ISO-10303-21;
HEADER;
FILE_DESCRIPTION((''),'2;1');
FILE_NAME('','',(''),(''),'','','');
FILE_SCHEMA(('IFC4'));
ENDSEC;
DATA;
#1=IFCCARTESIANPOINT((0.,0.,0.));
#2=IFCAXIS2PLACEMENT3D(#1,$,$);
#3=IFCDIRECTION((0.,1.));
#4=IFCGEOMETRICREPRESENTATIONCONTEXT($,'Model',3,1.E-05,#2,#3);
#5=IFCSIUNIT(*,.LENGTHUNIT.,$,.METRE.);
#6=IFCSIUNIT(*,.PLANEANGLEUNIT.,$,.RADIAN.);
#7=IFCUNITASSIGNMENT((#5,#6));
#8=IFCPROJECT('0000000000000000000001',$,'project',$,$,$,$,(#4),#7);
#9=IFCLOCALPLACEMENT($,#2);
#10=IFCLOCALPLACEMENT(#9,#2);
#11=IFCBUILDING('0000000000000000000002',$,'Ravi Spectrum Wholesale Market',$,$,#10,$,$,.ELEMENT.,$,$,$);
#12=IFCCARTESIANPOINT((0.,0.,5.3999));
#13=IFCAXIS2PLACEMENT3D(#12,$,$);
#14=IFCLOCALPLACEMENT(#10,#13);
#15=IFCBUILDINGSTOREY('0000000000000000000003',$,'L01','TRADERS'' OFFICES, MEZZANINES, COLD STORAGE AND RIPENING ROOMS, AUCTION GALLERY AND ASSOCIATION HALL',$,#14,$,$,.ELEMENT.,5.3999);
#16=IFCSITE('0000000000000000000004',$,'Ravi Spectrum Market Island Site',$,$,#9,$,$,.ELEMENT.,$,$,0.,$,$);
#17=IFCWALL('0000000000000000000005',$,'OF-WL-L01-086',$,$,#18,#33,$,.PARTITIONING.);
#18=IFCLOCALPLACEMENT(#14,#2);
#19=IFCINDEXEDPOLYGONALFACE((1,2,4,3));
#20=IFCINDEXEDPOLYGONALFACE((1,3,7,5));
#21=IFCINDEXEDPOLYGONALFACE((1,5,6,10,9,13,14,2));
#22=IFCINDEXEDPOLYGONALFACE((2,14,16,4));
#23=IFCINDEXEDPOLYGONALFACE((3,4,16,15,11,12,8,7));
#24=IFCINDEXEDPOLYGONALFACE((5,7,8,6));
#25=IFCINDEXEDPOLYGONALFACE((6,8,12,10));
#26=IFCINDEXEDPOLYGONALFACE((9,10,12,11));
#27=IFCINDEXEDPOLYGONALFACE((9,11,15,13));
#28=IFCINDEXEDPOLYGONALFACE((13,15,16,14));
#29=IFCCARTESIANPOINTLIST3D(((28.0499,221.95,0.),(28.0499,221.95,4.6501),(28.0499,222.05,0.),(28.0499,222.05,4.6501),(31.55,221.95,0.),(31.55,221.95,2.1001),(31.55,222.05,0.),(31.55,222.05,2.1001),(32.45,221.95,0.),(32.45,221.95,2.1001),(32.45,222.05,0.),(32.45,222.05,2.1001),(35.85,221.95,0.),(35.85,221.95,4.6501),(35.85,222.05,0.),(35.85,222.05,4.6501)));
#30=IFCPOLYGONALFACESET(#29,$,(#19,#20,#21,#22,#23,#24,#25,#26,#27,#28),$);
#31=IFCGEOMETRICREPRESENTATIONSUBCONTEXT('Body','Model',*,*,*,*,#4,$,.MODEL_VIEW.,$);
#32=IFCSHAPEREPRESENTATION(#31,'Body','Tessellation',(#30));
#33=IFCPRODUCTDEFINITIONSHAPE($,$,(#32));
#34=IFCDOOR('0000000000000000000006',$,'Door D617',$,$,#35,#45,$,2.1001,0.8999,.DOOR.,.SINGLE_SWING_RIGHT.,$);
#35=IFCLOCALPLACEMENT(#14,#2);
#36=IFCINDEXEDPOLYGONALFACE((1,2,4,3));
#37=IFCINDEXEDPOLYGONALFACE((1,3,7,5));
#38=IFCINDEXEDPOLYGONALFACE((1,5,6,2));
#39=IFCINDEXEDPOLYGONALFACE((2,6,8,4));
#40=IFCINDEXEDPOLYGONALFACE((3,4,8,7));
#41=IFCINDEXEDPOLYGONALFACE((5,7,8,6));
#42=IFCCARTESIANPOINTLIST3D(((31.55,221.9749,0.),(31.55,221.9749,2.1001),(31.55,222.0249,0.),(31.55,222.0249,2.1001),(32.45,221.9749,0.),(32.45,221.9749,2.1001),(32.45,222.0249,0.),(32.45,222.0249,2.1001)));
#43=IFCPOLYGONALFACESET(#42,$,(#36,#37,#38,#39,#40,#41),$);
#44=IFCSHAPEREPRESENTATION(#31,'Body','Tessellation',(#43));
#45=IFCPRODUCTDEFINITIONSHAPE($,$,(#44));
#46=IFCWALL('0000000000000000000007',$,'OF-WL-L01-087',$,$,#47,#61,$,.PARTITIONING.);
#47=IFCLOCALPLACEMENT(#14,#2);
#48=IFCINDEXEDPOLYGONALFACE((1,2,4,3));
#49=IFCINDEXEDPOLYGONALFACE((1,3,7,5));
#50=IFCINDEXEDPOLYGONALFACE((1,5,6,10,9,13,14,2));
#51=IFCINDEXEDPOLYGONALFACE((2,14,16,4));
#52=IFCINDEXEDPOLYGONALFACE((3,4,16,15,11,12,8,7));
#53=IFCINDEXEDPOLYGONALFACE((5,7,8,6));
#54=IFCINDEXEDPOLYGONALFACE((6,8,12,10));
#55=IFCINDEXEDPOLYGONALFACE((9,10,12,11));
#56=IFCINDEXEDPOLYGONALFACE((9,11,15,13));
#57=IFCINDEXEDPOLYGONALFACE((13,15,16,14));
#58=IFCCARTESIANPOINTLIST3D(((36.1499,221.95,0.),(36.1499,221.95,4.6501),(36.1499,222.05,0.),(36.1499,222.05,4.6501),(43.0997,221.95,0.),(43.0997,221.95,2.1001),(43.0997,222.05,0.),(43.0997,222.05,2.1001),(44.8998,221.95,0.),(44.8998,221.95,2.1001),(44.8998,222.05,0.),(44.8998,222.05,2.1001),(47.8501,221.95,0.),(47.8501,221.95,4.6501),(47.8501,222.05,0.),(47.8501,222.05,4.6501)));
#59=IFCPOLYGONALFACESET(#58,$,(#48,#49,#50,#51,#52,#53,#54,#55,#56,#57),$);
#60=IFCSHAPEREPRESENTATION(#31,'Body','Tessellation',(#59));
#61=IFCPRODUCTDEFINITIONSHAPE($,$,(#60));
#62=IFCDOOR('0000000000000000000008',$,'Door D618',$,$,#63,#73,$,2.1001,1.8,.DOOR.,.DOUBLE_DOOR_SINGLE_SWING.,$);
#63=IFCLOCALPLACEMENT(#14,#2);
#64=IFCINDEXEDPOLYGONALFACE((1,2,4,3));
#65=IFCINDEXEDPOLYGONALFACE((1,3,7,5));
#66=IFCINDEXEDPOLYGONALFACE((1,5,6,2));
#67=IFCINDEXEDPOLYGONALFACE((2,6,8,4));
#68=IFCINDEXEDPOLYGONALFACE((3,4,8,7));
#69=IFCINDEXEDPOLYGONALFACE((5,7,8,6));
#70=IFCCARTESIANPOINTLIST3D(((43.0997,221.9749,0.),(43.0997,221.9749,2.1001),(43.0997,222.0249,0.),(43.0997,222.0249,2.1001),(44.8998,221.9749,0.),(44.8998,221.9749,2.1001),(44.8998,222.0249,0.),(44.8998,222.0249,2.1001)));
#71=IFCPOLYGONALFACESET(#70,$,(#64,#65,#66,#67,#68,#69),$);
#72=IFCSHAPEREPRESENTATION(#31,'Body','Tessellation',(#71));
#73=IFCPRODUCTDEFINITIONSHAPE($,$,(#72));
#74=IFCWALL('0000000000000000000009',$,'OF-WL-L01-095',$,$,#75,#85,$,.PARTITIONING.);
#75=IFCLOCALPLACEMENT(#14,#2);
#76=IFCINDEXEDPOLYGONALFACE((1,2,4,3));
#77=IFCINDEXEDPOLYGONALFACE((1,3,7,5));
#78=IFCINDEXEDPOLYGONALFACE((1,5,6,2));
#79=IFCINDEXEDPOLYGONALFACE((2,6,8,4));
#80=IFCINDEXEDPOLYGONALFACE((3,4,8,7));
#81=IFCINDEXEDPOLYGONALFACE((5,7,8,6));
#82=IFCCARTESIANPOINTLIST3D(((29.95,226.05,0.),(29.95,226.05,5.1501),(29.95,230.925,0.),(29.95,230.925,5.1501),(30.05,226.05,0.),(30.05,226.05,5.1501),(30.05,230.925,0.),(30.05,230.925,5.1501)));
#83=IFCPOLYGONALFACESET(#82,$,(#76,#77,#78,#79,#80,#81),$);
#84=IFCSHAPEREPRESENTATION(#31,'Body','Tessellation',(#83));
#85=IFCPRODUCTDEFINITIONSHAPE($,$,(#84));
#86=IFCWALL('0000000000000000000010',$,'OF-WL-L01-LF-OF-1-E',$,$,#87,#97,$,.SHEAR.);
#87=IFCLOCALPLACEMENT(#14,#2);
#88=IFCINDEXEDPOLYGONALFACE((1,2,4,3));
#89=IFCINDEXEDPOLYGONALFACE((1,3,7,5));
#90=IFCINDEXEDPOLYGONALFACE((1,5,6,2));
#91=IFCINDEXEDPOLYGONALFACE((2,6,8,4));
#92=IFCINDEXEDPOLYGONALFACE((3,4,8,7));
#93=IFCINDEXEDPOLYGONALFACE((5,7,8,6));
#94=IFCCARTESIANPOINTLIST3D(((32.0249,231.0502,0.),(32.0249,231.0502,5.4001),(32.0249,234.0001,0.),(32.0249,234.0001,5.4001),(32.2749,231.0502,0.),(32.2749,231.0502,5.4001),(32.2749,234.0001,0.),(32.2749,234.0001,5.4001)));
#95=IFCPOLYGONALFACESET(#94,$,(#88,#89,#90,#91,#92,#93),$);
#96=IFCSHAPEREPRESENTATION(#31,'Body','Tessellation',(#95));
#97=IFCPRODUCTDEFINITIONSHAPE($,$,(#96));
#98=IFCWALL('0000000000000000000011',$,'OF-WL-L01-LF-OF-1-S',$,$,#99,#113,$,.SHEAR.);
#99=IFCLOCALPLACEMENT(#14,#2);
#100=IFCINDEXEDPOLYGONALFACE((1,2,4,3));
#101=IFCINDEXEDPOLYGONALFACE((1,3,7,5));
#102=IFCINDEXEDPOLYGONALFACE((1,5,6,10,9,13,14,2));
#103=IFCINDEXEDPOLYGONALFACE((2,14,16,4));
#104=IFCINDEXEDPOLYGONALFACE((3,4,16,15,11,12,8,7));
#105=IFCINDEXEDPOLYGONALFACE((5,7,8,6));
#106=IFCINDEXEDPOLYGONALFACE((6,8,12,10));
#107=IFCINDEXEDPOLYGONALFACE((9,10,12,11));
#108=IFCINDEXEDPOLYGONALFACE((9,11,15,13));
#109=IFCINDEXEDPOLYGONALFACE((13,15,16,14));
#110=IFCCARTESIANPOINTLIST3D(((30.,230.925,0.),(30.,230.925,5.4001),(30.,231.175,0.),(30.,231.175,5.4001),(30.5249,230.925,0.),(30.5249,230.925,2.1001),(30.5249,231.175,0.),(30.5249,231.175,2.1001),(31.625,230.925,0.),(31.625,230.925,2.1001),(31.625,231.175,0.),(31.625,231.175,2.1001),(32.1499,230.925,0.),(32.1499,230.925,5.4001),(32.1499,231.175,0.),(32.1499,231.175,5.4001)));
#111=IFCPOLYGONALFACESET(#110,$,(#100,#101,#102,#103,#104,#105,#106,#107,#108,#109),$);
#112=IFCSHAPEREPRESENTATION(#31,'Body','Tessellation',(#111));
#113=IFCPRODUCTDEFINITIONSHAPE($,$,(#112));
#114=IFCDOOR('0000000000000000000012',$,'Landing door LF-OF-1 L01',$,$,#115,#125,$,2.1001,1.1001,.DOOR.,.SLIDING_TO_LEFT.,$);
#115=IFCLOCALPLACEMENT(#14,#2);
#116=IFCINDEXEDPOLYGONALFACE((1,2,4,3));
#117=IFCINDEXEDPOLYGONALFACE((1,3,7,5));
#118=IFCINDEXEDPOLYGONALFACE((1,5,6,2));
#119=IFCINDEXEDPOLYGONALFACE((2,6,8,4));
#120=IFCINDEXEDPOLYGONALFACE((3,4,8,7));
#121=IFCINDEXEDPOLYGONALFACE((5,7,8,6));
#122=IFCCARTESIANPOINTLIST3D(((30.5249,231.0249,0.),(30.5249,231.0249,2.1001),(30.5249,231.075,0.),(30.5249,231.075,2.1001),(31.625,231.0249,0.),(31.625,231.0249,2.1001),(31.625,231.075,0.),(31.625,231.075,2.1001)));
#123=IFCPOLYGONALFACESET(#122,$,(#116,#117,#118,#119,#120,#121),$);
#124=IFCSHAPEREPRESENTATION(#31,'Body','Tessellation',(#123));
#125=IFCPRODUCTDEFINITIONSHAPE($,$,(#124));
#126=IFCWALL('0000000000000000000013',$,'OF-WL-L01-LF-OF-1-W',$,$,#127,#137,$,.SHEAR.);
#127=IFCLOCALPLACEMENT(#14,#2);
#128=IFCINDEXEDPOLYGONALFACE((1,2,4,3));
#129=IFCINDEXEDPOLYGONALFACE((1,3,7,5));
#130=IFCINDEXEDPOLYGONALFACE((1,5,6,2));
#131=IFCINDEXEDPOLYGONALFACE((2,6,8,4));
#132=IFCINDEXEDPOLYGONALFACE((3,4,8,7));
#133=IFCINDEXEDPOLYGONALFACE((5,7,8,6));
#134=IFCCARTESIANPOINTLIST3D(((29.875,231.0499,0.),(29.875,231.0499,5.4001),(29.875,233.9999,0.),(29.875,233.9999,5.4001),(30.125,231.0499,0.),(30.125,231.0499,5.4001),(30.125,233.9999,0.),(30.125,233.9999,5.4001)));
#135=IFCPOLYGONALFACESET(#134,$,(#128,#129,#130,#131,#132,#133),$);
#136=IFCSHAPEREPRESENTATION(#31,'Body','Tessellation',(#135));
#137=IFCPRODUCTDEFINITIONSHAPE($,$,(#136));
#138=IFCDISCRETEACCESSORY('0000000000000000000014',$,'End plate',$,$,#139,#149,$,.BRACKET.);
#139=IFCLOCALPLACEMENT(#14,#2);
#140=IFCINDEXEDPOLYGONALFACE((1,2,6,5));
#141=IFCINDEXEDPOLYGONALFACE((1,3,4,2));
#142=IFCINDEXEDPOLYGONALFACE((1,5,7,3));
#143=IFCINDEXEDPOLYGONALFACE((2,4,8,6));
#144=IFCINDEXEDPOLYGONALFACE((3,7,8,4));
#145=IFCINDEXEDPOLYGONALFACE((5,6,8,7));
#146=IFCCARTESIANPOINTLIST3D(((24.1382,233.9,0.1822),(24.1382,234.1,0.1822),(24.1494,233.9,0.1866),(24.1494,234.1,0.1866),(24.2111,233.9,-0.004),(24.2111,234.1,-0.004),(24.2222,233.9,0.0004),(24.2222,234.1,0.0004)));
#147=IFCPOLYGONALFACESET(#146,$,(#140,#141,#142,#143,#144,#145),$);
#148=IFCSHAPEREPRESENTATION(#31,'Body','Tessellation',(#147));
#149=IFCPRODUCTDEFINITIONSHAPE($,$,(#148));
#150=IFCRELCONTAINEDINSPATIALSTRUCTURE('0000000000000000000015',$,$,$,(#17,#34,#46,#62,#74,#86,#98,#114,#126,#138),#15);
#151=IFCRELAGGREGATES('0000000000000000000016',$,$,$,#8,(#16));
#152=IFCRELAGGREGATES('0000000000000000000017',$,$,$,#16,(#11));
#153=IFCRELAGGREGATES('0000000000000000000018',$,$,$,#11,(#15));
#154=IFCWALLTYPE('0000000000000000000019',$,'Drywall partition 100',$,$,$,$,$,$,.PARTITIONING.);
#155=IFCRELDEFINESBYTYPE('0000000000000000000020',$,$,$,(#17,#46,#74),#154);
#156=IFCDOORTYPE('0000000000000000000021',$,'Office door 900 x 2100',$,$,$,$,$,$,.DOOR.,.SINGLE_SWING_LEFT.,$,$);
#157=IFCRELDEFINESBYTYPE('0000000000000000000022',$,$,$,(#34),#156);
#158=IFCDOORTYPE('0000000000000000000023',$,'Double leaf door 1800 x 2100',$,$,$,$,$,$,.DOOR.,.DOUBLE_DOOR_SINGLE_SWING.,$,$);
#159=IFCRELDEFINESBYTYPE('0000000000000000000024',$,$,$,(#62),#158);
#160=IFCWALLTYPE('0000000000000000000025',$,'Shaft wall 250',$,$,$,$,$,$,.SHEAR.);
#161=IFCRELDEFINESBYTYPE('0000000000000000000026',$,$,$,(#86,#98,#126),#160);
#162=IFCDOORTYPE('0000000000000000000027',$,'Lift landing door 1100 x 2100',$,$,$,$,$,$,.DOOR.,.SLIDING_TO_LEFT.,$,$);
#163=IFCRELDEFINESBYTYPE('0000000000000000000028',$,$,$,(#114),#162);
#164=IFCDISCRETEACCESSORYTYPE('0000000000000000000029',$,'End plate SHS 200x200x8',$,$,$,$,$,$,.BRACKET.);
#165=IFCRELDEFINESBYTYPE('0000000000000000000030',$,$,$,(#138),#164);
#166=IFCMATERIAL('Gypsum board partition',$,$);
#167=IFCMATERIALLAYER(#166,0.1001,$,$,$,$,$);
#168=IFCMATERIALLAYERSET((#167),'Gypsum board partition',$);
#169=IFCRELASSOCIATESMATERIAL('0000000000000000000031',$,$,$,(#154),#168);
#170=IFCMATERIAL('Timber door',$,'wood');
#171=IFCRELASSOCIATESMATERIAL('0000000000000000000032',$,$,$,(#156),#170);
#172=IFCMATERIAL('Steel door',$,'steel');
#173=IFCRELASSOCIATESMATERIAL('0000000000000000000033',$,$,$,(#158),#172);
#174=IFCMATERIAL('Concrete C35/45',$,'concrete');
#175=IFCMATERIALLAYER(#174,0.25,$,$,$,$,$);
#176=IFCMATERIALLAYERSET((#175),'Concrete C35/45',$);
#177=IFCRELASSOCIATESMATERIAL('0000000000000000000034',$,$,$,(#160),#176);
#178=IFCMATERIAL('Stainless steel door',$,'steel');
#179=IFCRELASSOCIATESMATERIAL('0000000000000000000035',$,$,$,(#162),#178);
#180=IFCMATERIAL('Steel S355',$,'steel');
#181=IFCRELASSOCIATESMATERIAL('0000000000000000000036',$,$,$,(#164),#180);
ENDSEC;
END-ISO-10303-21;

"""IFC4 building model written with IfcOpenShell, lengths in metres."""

from ifc_helpers import new_model, si_unit, direction, frame, frame_2d, origin, origin_2d, place, context, subcontext, project, spatial, rectangle, extrude, material, layer, layer_set, material_profile, profile_set, type_object, element, fill, save


model = new_model("IFC4")

# Units and contexts
model_context = context("Model", 3, precision=1e-05, world=origin(), true_north=direction((0.0, 1.0)))
body_context = subcontext(model_context, "Body", "Model", "MODEL_VIEW")
ifc_project = project(units=[si_unit("LENGTHUNIT", "METRE"), si_unit("PLANEANGLEUNIT", "RADIAN")], contexts=[model_context])

# Site, building, storey
site_placement = place(None, origin())
site = spatial("IfcSite", under=ifc_project, at=site_placement, Name="Ravi Spectrum Market Island Site", CompositionType="ELEMENT", RefElevation=0.0)
building_placement = place(site_placement, origin())
building = spatial("IfcBuilding", under=site, at=building_placement, Name="Ravi Spectrum Wholesale Market", CompositionType="ELEMENT")
storey_placement = place(building_placement, frame((0.0, 0.0, 5.3999)))
storey = spatial("IfcBuildingStorey", under=building, at=storey_placement, Name="L01", Description="TRADERS' OFFICES, MEZZANINES, COLD STORAGE AND RIPENING ROOMS, AUCTION GALLERY AND ASSOCIATION HALL", CompositionType="ELEMENT", Elevation=5.3999)

# Shared definitions
ifc_material_1 = material(Name="Gypsum board partition")
ifc_layer_1 = layer(ifc_material_1, 0.1001)
ifc_layer_set_1 = layer_set([ifc_layer_1], Name="Gypsum board partition")
wall_type_1 = type_object("IfcWallType", Name="Drywall partition 100", PredefinedType="PARTITIONING", material=ifc_layer_set_1)

# Walls, openings, doors
wall_1_placement = place(storey_placement, frame((28.05, 222.0, 0.0), z_axis=(0.0, 0.0, 1.0), x_axis=(1.0, 0.0, 0.0)))
wall_1 = element("IfcWall", 1, at=wall_1_placement, inside=storey, type_object=wall_type_1, Name="OF-WL-L01-086", PredefinedType="PARTITIONING", context=body_context, shape_type="SweptSolid", body=[
    extrude(rectangle(XDim=7.8, YDim=0.1001, at=frame_2d((3.8999, 0.0))), origin(), (0.0, 0.0, 1.0), 4.6501),
])
opening_1_placement = place(wall_1_placement, frame((3.5, 0.0, 0.0)))
opening_1 = element("IfcOpeningElement", 2, at=opening_1_placement, cuts=wall_1, PredefinedType="OPENING", context=body_context, shape_type="SweptSolid", body=[
    extrude(rectangle(XDim=0.8999, YDim=2.1001, at=frame_2d((0.45, 1.05))), frame((0.0, 0.0601, 0.0), z_axis=(0.0, -1.0, 0.0), x_axis=(1.0, 0.0, 0.0)), (0.0, 0.0, 1.0), 0.1201),
])
ifc_material_2 = material(Name="Timber door", Category="wood")
door_type_1 = type_object("IfcDoorType", Name="Office door 900 x 2100", OperationType="SINGLE_SWING_LEFT", PredefinedType="DOOR", material=ifc_material_2)
door_1_placement = place(opening_1_placement, origin())
door_1 = element("IfcDoor", 3, at=door_1_placement, inside=storey, type_object=door_type_1, Name="Door D617", OperationType="SINGLE_SWING_RIGHT", OverallHeight=2.1001, OverallWidth=0.8999, PredefinedType="DOOR", context=body_context, shape_type="SweptSolid", body=[
    extrude(rectangle(XDim=0.8999, YDim=2.1001, at=frame_2d((0.45, 1.05))), frame((0.0, 0.0249, 0.0), z_axis=(0.0, -1.0, 0.0), x_axis=(1.0, 0.0, 0.0)), (0.0, 0.0, 1.0), 0.05),
])
fill(opening_1, door_1)
wall_2_placement = place(storey_placement, frame((36.1499, 222.0, 0.0), z_axis=(0.0, 0.0, 1.0), x_axis=(1.0, 0.0, 0.0)))
wall_2 = element("IfcWall", 4, at=wall_2_placement, inside=storey, type_object=wall_type_1, Name="OF-WL-L01-087", PredefinedType="PARTITIONING", context=body_context, shape_type="SweptSolid", body=[
    extrude(rectangle(XDim=11.7002, YDim=0.1001, at=frame_2d((5.8501, 0.0))), origin(), (0.0, 0.0, 1.0), 4.6501),
])
opening_2_placement = place(wall_2_placement, frame((6.95, 0.0, 0.0)))
opening_2 = element("IfcOpeningElement", 5, at=opening_2_placement, cuts=wall_2, PredefinedType="OPENING", context=body_context, shape_type="SweptSolid", body=[
    extrude(rectangle(XDim=1.8, YDim=2.1001, at=frame_2d((0.8999, 1.05))), frame((0.0, 0.0601, 0.0), z_axis=(0.0, -1.0, 0.0), x_axis=(1.0, 0.0, 0.0)), (0.0, 0.0, 1.0), 0.1201),
])
ifc_material_3 = material(Name="Steel door", Category="steel")
door_type_2 = type_object("IfcDoorType", Name="Double leaf door 1800 x 2100", OperationType="DOUBLE_DOOR_SINGLE_SWING", PredefinedType="DOOR", material=ifc_material_3)
door_2_placement = place(opening_2_placement, origin())
door_2 = element("IfcDoor", 6, at=door_2_placement, inside=storey, type_object=door_type_2, Name="Door D618", OperationType="DOUBLE_DOOR_SINGLE_SWING", OverallHeight=2.1001, OverallWidth=1.8, PredefinedType="DOOR", context=body_context, shape_type="SweptSolid", body=[
    extrude(rectangle(XDim=1.8, YDim=2.1001, at=frame_2d((0.8999, 1.05))), frame((0.0, 0.0249, 0.0), z_axis=(0.0, -1.0, 0.0), x_axis=(1.0, 0.0, 0.0)), (0.0, 0.0, 1.0), 0.05),
])
fill(opening_2, door_2)

# Walls
wall_3_placement = place(storey_placement, frame((30.0, 226.05, 0.0), z_axis=(0.0, 0.0, 1.0), x_axis=(0.0, 1.0, 0.0)))
element("IfcWall", 7, at=wall_3_placement, inside=storey, type_object=wall_type_1, Name="OF-WL-L01-095", PredefinedType="PARTITIONING", context=body_context, shape_type="SweptSolid", body=[
    extrude(rectangle(XDim=4.875, YDim=0.1001, at=frame_2d((2.4375, 0.0))), origin(), (0.0, 0.0, 1.0), 5.1501),
])
ifc_material_4 = material(Name="Concrete C35/45", Category="concrete")
ifc_layer_2 = layer(ifc_material_4, 0.25)
ifc_layer_set_2 = layer_set([ifc_layer_2], Name="Concrete C35/45")
wall_type_2 = type_object("IfcWallType", Name="Shaft wall 250", PredefinedType="SHEAR", material=ifc_layer_set_2)
wall_4_placement = place(storey_placement, frame((32.1499, 231.05, 0.0), z_axis=(0.0, 0.0, 1.0), x_axis=(0.0, 1.0, 0.0)))
element("IfcWall", 8, at=wall_4_placement, inside=storey, type_object=wall_type_2, Name="OF-WL-L01-LF-OF-1-E", PredefinedType="SHEAR", context=body_context, shape_type="SweptSolid", body=[
    extrude(rectangle(XDim=2.95, YDim=0.25, at=frame_2d((1.4751, 0.0))), origin(), (0.0, 0.0, 1.0), 5.4001),
])

# Wall, opening, door
wall_5_placement = place(storey_placement, frame((30.0, 231.05, 0.0), z_axis=(0.0, 0.0, 1.0), x_axis=(1.0, 0.0, 0.0)))
wall_5 = element("IfcWall", 9, at=wall_5_placement, inside=storey, type_object=wall_type_2, Name="OF-WL-L01-LF-OF-1-S", PredefinedType="SHEAR", context=body_context, shape_type="SweptSolid", body=[
    extrude(rectangle(XDim=2.1499, YDim=0.25, at=frame_2d((1.075, 0.0))), origin(), (0.0, 0.0, 1.0), 5.4001),
])
opening_3_placement = place(wall_5_placement, frame((0.5249, 0.0, 0.0)))
opening_3 = element("IfcOpeningElement", 10, at=opening_3_placement, cuts=wall_5, PredefinedType="OPENING", context=body_context, shape_type="SweptSolid", body=[
    extrude(rectangle(XDim=1.1001, YDim=2.1001, at=frame_2d((0.55, 1.05))), frame((0.0, 0.135, 0.0), z_axis=(0.0, -1.0, 0.0), x_axis=(1.0, 0.0, 0.0)), (0.0, 0.0, 1.0), 0.27),
])
ifc_material_5 = material(Name="Stainless steel door", Category="steel")
door_type_3 = type_object("IfcDoorType", Name="Lift landing door 1100 x 2100", OperationType="SLIDING_TO_LEFT", PredefinedType="DOOR", material=ifc_material_5)
door_3_placement = place(opening_3_placement, origin())
door_3 = element("IfcDoor", 11, at=door_3_placement, inside=storey, type_object=door_type_3, Name="Landing door LF-OF-1 L01", OperationType="SLIDING_TO_LEFT", OverallHeight=2.1001, OverallWidth=1.1001, PredefinedType="DOOR", context=body_context, shape_type="SweptSolid", body=[
    extrude(rectangle(XDim=1.1001, YDim=2.1001, at=frame_2d((0.55, 1.05))), frame((0.0, 0.0249, 0.0), z_axis=(0.0, -1.0, 0.0), x_axis=(1.0, 0.0, 0.0)), (0.0, 0.0, 1.0), 0.05),
])
fill(opening_3, door_3)

# Wall
wall_6_placement = place(storey_placement, frame((30.0, 234.0, 0.0), z_axis=(0.0, 0.0, 1.0), x_axis=(0.0, -1.0, 0.0)))
element("IfcWall", 12, at=wall_6_placement, inside=storey, type_object=wall_type_2, Name="OF-WL-L01-LF-OF-1-W", PredefinedType="SHEAR", context=body_context, shape_type="SweptSolid", body=[
    extrude(rectangle(XDim=2.95, YDim=0.25, at=frame_2d((1.4751, 0.0))), origin(), (0.0, 0.0, 1.0), 5.4001),
])

# Discrete accessory
ifc_material_6 = material(Name="Steel S355", Category="steel")
ifc_material_profile_1 = material_profile(ifc_material_6, rectangle(XDim=0.2, YDim=0.2, at=origin_2d()))
ifc_profile_set_1 = profile_set([ifc_material_profile_1], Name="Steel S355")
discrete_accessory_type = type_object("IfcDiscreteAccessoryType", Name="End plate SHS 200x200x8", PredefinedType="BRACKET", material=ifc_profile_set_1)
discrete_accessory_placement = place(storey_placement, frame((24.1858, 234.0, 0.0935), z_axis=(-0.931243, 0.0, -0.364399), x_axis=(0.0, -1.0, 0.0)))
element("IfcDiscreteAccessory", 13, at=discrete_accessory_placement, inside=storey, type_object=discrete_accessory_type, Name="End plate", PredefinedType="BRACKET", context=body_context, shape_type="SweptSolid", body=[
    extrude(rectangle(XDim=0.2, YDim=0.2, at=origin_2d()), origin(), (0.0, 0.0, 1.0), 0.012),
])

save(model, "model.ifc")
